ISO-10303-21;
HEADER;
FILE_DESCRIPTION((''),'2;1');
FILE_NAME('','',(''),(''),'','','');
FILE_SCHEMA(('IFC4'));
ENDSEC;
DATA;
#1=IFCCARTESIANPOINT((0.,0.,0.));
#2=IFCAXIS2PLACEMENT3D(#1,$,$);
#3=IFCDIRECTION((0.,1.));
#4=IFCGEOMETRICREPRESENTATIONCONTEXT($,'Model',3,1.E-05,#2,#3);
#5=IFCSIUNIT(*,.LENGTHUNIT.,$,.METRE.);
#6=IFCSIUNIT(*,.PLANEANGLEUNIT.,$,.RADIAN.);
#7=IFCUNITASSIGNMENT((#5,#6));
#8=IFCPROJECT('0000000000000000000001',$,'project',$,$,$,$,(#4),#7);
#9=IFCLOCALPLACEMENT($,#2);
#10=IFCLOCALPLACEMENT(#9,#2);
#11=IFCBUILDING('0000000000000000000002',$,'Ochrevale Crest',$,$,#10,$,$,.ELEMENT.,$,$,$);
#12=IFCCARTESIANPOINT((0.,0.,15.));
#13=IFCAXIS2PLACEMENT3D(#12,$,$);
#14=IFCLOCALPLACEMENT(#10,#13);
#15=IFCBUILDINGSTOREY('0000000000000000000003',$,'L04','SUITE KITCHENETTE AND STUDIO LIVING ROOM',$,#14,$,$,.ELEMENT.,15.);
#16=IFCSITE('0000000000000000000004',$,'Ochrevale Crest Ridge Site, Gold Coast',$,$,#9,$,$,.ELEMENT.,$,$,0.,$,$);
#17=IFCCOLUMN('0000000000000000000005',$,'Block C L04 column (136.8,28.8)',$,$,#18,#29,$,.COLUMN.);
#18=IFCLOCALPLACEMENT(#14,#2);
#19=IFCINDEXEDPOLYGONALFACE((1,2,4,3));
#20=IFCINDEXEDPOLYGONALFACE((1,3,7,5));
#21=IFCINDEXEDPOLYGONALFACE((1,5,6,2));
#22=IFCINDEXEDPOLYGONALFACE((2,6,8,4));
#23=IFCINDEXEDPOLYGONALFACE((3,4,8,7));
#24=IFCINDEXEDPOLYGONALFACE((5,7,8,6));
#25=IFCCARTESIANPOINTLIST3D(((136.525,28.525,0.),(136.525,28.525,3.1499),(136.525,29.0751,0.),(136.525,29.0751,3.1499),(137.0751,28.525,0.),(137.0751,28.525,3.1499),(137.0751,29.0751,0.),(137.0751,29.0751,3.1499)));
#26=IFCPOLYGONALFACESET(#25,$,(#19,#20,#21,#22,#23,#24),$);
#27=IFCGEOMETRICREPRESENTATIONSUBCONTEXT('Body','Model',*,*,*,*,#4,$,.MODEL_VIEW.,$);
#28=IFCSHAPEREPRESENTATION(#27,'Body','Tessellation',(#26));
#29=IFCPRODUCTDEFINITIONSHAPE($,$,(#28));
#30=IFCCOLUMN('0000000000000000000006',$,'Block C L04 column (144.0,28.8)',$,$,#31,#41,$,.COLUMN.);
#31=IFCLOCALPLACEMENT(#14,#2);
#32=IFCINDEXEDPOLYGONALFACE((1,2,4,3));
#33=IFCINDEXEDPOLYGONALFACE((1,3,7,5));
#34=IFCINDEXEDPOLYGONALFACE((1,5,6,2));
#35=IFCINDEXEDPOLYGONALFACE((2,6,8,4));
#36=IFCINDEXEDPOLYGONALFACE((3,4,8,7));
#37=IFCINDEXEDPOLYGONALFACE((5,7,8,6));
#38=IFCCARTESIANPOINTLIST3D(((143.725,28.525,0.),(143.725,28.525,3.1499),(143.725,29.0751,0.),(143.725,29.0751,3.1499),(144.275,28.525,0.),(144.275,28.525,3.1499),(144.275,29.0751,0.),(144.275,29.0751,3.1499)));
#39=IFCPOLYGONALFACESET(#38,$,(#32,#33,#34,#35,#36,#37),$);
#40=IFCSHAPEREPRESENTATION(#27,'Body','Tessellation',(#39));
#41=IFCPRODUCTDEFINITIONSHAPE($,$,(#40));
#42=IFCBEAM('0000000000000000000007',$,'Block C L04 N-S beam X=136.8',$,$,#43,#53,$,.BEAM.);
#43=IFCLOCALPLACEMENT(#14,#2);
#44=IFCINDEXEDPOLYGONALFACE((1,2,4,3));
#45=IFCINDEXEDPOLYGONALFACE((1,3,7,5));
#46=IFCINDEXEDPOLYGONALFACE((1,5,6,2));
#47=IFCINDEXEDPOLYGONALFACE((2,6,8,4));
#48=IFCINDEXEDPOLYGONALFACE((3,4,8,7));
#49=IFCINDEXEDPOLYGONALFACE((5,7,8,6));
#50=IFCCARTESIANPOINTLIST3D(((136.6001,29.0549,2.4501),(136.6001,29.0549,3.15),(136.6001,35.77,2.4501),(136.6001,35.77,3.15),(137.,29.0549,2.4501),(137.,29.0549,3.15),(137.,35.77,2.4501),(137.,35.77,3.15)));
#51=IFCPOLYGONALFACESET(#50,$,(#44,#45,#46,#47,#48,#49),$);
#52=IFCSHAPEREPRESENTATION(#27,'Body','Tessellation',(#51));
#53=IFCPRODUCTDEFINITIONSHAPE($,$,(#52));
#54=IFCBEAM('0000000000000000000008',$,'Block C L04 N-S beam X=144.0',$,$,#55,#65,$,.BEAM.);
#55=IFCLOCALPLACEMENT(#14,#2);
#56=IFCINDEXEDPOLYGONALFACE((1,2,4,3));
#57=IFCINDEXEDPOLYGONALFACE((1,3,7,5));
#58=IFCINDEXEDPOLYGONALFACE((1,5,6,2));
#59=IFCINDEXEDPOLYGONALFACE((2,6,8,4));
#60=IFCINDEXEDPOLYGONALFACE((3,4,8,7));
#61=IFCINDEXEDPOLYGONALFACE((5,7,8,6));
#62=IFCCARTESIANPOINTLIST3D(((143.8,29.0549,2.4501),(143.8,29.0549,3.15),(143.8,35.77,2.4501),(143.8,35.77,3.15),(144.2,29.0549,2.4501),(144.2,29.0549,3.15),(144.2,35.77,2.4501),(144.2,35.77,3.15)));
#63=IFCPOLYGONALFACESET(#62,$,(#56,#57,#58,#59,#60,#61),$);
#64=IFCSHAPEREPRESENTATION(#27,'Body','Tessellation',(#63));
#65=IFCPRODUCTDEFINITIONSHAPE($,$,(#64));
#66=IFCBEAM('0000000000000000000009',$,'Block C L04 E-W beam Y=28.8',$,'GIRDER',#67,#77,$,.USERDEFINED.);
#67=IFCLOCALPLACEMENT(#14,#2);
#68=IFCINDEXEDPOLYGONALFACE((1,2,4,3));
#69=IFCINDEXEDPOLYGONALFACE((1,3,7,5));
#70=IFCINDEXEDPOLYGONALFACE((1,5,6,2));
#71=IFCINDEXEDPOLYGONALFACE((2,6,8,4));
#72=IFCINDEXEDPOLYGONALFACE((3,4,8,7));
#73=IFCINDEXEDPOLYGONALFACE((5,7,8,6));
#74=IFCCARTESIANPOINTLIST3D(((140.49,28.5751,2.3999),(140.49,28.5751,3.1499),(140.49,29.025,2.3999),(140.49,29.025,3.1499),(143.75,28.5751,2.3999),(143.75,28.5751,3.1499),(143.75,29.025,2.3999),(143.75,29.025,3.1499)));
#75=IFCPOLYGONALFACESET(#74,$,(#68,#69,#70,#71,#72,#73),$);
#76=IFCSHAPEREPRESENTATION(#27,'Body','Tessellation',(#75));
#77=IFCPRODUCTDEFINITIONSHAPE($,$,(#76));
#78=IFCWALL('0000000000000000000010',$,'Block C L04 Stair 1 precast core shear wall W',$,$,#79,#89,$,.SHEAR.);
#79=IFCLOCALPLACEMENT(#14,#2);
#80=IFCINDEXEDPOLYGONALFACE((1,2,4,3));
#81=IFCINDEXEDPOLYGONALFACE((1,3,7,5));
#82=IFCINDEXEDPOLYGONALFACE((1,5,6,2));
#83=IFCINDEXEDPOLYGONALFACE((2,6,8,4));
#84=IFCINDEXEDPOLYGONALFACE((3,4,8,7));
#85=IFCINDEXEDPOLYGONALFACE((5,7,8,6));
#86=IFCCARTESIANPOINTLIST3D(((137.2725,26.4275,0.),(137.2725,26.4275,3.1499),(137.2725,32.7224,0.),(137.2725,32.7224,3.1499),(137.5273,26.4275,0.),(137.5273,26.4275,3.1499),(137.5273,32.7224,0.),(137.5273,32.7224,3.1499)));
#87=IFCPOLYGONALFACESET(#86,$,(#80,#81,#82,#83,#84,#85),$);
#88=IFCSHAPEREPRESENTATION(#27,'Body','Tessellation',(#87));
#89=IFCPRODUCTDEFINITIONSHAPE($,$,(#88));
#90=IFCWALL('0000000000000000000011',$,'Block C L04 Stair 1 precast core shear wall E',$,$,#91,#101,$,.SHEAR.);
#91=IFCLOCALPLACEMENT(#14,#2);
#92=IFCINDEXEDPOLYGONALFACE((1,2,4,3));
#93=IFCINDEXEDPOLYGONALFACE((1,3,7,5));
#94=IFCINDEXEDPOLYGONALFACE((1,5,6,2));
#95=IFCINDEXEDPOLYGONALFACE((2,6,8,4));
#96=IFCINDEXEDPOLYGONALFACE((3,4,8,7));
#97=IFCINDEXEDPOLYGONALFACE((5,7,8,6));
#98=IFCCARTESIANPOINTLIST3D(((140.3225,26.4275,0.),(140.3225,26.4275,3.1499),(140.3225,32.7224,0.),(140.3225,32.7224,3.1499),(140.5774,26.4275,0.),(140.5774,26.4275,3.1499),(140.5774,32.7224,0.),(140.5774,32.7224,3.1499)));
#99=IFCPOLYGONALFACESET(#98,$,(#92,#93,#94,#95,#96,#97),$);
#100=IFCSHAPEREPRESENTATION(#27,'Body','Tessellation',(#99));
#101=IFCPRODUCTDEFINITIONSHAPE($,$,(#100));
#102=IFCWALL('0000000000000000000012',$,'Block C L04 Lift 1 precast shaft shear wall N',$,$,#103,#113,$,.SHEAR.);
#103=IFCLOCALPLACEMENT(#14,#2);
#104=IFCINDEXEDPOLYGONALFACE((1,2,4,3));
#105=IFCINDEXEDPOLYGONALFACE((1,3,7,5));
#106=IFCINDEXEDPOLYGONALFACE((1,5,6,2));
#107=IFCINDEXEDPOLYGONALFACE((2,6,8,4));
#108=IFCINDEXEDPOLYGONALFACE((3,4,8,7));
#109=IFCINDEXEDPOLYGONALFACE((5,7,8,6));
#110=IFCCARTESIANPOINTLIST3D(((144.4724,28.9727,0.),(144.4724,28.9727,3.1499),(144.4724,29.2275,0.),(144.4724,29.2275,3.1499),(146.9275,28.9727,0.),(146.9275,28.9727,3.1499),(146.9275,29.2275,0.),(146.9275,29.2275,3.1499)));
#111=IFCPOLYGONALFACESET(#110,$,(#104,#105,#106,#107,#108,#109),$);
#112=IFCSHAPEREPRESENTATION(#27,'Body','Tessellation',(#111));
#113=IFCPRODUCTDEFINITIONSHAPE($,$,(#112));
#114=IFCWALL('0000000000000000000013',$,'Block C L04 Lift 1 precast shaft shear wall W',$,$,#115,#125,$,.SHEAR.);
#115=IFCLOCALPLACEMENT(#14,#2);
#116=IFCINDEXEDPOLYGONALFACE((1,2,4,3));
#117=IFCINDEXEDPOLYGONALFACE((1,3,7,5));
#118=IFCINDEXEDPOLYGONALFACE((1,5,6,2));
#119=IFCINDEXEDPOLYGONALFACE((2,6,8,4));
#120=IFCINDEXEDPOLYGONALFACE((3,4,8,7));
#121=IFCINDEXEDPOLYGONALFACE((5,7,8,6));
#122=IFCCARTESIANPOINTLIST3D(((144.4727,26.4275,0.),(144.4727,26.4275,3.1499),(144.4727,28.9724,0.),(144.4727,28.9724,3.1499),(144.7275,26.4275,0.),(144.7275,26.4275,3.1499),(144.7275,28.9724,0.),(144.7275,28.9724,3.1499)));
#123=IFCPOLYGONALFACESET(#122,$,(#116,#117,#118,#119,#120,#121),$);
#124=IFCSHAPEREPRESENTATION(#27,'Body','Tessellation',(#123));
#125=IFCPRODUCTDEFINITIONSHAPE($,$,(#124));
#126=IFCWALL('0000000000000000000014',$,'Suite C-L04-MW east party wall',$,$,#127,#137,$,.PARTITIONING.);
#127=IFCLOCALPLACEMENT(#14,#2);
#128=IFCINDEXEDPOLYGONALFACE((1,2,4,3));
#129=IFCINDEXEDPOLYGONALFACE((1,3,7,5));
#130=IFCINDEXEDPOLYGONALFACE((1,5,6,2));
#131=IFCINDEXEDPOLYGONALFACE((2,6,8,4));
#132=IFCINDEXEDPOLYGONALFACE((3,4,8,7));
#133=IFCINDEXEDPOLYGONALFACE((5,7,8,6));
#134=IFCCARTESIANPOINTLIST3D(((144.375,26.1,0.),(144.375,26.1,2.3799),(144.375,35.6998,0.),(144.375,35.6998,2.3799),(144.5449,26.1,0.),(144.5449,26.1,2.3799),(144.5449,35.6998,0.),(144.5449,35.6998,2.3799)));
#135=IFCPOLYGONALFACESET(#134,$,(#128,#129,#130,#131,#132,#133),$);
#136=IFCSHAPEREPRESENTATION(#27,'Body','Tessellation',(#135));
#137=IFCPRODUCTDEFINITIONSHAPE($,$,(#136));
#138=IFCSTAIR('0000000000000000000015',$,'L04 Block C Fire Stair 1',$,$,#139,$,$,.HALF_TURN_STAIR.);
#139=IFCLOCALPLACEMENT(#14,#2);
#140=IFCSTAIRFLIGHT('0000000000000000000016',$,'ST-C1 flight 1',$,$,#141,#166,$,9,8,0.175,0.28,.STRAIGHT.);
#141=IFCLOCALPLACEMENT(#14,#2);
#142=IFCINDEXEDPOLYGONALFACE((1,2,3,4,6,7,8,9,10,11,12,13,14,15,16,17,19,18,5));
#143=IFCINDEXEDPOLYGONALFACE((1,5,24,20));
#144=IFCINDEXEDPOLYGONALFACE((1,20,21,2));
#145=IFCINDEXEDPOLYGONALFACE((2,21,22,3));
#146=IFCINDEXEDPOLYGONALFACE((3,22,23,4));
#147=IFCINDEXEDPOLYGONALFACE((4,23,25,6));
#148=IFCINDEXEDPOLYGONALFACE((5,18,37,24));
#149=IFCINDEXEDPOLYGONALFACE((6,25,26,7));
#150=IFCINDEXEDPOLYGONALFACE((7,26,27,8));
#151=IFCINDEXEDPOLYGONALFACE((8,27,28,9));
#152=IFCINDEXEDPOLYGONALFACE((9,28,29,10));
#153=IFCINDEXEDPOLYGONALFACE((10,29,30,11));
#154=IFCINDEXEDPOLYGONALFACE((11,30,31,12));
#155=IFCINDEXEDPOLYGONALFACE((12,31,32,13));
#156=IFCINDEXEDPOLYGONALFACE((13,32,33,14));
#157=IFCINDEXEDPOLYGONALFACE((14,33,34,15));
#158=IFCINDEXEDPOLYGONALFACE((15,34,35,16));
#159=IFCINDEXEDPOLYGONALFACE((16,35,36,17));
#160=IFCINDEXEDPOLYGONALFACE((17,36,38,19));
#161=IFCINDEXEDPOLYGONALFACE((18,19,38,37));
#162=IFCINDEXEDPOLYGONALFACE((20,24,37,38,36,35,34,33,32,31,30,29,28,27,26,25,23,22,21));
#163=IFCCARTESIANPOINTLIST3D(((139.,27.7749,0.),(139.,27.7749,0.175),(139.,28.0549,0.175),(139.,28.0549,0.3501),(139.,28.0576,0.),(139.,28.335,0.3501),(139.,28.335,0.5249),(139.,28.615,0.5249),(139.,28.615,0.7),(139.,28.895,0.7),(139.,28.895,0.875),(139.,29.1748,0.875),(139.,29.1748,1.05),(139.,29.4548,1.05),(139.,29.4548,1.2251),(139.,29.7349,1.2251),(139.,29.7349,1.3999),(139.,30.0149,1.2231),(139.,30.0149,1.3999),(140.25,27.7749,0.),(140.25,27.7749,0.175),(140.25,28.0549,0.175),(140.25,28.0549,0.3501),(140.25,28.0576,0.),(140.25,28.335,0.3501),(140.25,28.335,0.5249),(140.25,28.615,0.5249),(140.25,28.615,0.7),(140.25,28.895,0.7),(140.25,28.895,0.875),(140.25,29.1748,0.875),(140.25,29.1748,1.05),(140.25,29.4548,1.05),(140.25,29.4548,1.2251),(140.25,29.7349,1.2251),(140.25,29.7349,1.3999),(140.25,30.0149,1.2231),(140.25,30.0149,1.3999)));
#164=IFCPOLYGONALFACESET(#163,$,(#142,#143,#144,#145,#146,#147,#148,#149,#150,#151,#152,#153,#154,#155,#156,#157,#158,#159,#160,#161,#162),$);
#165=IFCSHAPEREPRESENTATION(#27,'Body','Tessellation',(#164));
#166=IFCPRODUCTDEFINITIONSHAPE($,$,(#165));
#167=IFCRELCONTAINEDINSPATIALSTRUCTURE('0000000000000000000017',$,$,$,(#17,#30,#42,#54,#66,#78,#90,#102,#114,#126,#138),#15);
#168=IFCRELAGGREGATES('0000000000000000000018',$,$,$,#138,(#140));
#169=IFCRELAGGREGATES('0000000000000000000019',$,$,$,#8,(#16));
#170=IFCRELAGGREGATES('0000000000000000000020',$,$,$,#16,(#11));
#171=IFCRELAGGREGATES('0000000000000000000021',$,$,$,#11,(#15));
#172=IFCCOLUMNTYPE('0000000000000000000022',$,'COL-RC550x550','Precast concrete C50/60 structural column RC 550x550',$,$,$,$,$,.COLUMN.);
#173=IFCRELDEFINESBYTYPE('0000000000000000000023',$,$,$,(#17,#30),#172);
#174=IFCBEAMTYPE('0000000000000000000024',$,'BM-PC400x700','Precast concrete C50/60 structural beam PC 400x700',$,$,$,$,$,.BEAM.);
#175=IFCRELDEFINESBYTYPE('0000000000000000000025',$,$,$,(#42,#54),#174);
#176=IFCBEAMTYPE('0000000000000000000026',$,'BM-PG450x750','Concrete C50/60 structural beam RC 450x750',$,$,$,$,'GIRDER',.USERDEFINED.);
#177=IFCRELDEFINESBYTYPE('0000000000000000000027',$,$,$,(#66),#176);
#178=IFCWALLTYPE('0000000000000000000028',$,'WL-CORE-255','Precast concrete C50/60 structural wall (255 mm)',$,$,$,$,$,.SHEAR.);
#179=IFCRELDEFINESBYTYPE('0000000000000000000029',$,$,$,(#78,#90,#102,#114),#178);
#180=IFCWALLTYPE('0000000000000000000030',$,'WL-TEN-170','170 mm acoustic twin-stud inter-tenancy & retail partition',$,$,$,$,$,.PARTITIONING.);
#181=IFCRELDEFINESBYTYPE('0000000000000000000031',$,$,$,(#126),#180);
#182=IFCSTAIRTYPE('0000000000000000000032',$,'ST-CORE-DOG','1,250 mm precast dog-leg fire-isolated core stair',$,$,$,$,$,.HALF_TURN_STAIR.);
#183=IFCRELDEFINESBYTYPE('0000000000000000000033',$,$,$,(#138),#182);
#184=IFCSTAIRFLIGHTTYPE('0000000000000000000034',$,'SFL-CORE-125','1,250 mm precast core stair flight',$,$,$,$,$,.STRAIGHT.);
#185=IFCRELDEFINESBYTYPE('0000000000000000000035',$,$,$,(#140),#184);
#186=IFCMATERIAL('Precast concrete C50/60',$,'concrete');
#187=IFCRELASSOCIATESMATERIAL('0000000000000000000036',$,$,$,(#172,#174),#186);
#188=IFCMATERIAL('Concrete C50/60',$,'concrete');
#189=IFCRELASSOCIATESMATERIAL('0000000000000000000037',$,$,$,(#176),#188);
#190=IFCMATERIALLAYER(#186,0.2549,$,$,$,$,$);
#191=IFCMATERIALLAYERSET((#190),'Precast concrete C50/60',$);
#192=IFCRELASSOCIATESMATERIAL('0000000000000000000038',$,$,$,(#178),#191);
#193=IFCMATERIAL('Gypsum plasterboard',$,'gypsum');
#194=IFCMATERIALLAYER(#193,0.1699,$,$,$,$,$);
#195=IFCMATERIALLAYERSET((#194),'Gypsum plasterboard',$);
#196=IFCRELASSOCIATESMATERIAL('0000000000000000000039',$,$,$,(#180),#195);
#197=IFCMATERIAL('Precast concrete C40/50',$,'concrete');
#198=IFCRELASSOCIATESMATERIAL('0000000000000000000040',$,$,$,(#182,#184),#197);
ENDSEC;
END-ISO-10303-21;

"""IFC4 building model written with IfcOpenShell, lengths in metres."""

from ifc_helpers import new_model, si_unit, direction, frame, frame_2d, origin, origin_2d, place, context, subcontext, project, spatial, polyline, rectangle, outline, extrude, material, layer, layer_set, material_profile, profile_set, type_object, element, aggregate, save


model = new_model("IFC4")

# Units and contexts
model_context = context("Model", 3, precision=1e-05, world=origin(), true_north=direction((0.0, 1.0)))
body_context = subcontext(model_context, "Body", "Model", "MODEL_VIEW")
ifc_project = project(units=[si_unit("LENGTHUNIT", "METRE"), si_unit("PLANEANGLEUNIT", "RADIAN")], contexts=[model_context])

# Site, building, storey
site_placement = place(None, origin())
site = spatial("IfcSite", under=ifc_project, at=site_placement, Name="Ochrevale Crest Ridge Site, Gold Coast", CompositionType="ELEMENT", RefElevation=0.0)
building_placement = place(site_placement, origin())
building = spatial("IfcBuilding", under=site, at=building_placement, Name="Ochrevale Crest", CompositionType="ELEMENT")
storey_placement = place(building_placement, frame((0.0, 0.0, 15.0)))
storey = spatial("IfcBuildingStorey", under=building, at=storey_placement, Name="L04", Description="SUITE KITCHENETTE AND STUDIO LIVING ROOM", CompositionType="ELEMENT", Elevation=15.0)

# Columns
ifc_material_1 = material(Name="Precast concrete C50/60", Category="concrete")
ifc_material_profile_1 = material_profile(ifc_material_1, rectangle(XDim=0.55, YDim=0.55, at=origin_2d()), Name="RC 550x550")
ifc_profile_set_1 = profile_set([ifc_material_profile_1], Name="Precast concrete C50/60")
column_type = type_object("IfcColumnType", Name="COL-RC550x550", Description="Precast concrete C50/60 structural column RC 550x550", PredefinedType="COLUMN", material=ifc_profile_set_1)
for number, where, z_axis, x_axis, name in (
    (1, (136.8, 28.8, 0.0), (0.0, 0.0, 1.0), (1.0, 0.0, 0.0), "Block C L04 column (136.8,28.8)"),
    (2, (144.0, 28.8, 0.0), (0.0, 0.0, 1.0), (1.0, 0.0, 0.0), "Block C L04 column (144.0,28.8)"),
):
    element("IfcColumn", number, at=place(storey_placement, frame(where, z_axis=z_axis, x_axis=x_axis)), inside=storey, type_object=column_type, Name=name, PredefinedType="COLUMN", context=body_context, shape_type="SweptSolid", body=[
        extrude(rectangle(XDim=0.55, YDim=0.55, at=origin_2d()), origin(), (0.0, 0.0, 1.0), 3.1499),
    ])

# Beams
ifc_material_profile_2 = material_profile(ifc_material_1, rectangle(XDim=0.3999, YDim=0.7, at=origin_2d()), Name="PC 400x700")
ifc_profile_set_2 = profile_set([ifc_material_profile_2], Name="Precast concrete C50/60")
beam_type_1 = type_object("IfcBeamType", Name="BM-PC400x700", Description="Precast concrete C50/60 structural beam PC 400x700", PredefinedType="BEAM", material=ifc_profile_set_2)
for number, where, z_axis, x_axis, name in (
    (3, (136.8, 29.0549, 2.8), (0.0, 1.0, 0.0), (-1.0, 0.0, 0.0), "Block C L04 N-S beam X=136.8"),
    (4, (144.0, 29.0549, 2.8), (0.0, 1.0, 0.0), (-1.0, 0.0, 0.0), "Block C L04 N-S beam X=144.0"),
):
    element("IfcBeam", number, at=place(storey_placement, frame(where, z_axis=z_axis, x_axis=x_axis)), inside=storey, type_object=beam_type_1, Name=name, PredefinedType="BEAM", context=body_context, shape_type="SweptSolid", body=[
        extrude(rectangle(XDim=0.3999, YDim=0.7, at=origin_2d()), origin(), (0.0, 0.0, 1.0), 6.7151),
    ])
ifc_material_2 = material(Name="Concrete C50/60", Category="concrete")
ifc_material_profile_3 = material_profile(ifc_material_2, rectangle(XDim=0.45, YDim=0.75, at=origin_2d()), Name="RC 450x750")
ifc_profile_set_3 = profile_set([ifc_material_profile_3], Name="Concrete C50/60")
beam_type_2 = type_object("IfcBeamType", Name="BM-PG450x750", Description="Concrete C50/60 structural beam RC 450x750", ElementType="GIRDER", PredefinedType="USERDEFINED", material=ifc_profile_set_3)
beam_placement = place(storey_placement, frame((140.49, 28.8, 2.7749), z_axis=(1.0, 0.0, 0.0), x_axis=(0.0, 1.0, 0.0)))
element("IfcBeam", 5, at=beam_placement, inside=storey, type_object=beam_type_2, Name="Block C L04 E-W beam Y=28.8", ObjectType="GIRDER", PredefinedType="USERDEFINED", context=body_context, shape_type="SweptSolid", body=[
    extrude(rectangle(XDim=0.45, YDim=0.75, at=origin_2d()), origin(), (0.0, 0.0, 1.0), 3.26),
])

# Shared definitions
ifc_layer_1 = layer(ifc_material_1, 0.2549)
ifc_layer_set_1 = layer_set([ifc_layer_1], Name="Precast concrete C50/60")
wall_type_1 = type_object("IfcWallType", Name="WL-CORE-255", Description="Precast concrete C50/60 structural wall (255 mm)", PredefinedType="SHEAR", material=ifc_layer_set_1)

# Walls
for number, where, z_axis, x_axis, name in (
    (6, (137.3999, 26.4275, 0.0), (0.0, 0.0, 1.0), (0.0, 1.0, 0.0), "Block C L04 Stair 1 precast core shear wall W"),
    (7, (140.45, 26.4275, 0.0), (0.0, 0.0, 1.0), (0.0, 1.0, 0.0), "Block C L04 Stair 1 precast core shear wall E"),
):
    element("IfcWall", number, at=place(storey_placement, frame(where, z_axis=z_axis, x_axis=x_axis)), inside=storey, type_object=wall_type_1, Name=name, PredefinedType="SHEAR", context=body_context, shape_type="SweptSolid", body=[
        extrude(rectangle(XDim=6.2949, YDim=0.2549, at=frame_2d((3.1475, 0.0))), origin(), (0.0, 0.0, 1.0), 3.1499),
    ])

# Walls
wall_1_placement = place(storey_placement, frame((144.4724, 29.1001, 0.0), z_axis=(0.0, 0.0, 1.0), x_axis=(1.0, 0.0, 0.0)))
element("IfcWall", 8, at=wall_1_placement, inside=storey, type_object=wall_type_1, Name="Block C L04 Lift 1 precast shaft shear wall N", PredefinedType="SHEAR", context=body_context, shape_type="SweptSolid", body=[
    extrude(rectangle(XDim=2.4551, YDim=0.2549, at=frame_2d((1.2275, 0.0))), origin(), (0.0, 0.0, 1.0), 3.1499),
])
wall_2_placement = place(storey_placement, frame((144.6001, 26.4275, 0.0), z_axis=(0.0, 0.0, 1.0), x_axis=(0.0, 1.0, 0.0)))
element("IfcWall", 9, at=wall_2_placement, inside=storey, type_object=wall_type_1, Name="Block C L04 Lift 1 precast shaft shear wall W", PredefinedType="SHEAR", context=body_context, shape_type="SweptSolid", body=[
    extrude(rectangle(XDim=2.5449, YDim=0.2549, at=frame_2d((1.2725, 0.0))), origin(), (0.0, 0.0, 1.0), 3.1499),
])
ifc_material_3 = material(Name="Gypsum plasterboard", Category="gypsum")
ifc_layer_2 = layer(ifc_material_3, 0.1699)
ifc_layer_set_2 = layer_set([ifc_layer_2], Name="Gypsum plasterboard")
wall_type_2 = type_object("IfcWallType", Name="WL-TEN-170", Description="170 mm acoustic twin-stud inter-tenancy & retail partition", PredefinedType="PARTITIONING", material=ifc_layer_set_2)
wall_3_placement = place(storey_placement, frame((144.46, 26.1001, 0.0), z_axis=(0.0, 0.0, 1.0), x_axis=(0.0, 1.0, 0.0)))
element("IfcWall", 10, at=wall_3_placement, inside=storey, type_object=wall_type_2, Name="Suite C-L04-MW east party wall", PredefinedType="PARTITIONING", context=body_context, shape_type="SweptSolid", body=[
    extrude(rectangle(XDim=9.5999, YDim=0.1699, at=frame_2d((4.7998, 0.0))), origin(), (0.0, 0.0, 1.0), 2.3799),
])

# Stair, stair flight
ifc_material_4 = material(Name="Precast concrete C40/50", Category="concrete")
stair_type = type_object("IfcStairType", Name="ST-CORE-DOG", Description="1,250 mm precast dog-leg fire-isolated core stair", PredefinedType="HALF_TURN_STAIR", material=ifc_material_4)
stair_placement = place(storey_placement, origin())
stair = element("IfcStair", 11, at=stair_placement, inside=storey, type_object=stair_type, Name="L04 Block C Fire Stair 1", PredefinedType="HALF_TURN_STAIR")
stair_flight_type = type_object("IfcStairFlightType", Name="SFL-CORE-125", Description="1,250 mm precast core stair flight", PredefinedType="STRAIGHT", material=ifc_material_4)
stair_flight_1_placement = place(storey_placement, frame((139.625, 27.7749, 0.0), z_axis=(0.0, 0.0, 1.0), x_axis=(0.0, 1.0, 0.0)))
stair_flight_1 = element("IfcStairFlight", 12, at=stair_flight_1_placement, type_object=stair_flight_type, Name="ST-C1 flight 1", NumberOfRisers=9, NumberOfTreads=8, PredefinedType="STRAIGHT", RiserHeight=0.175, TreadLength=0.28, context=body_context, shape_type="SweptSolid", body=[
    extrude(outline(polyline([(0.0, 0.0), (0.0, 0.175), (0.28, 0.175), (0.28, 0.3501), (0.5601, 0.3501), (0.5601, 0.5249), (0.8401, 0.5249), (0.8401, 0.7), (1.1201, 0.7), (1.1201, 0.875), (1.3999, 0.875), (1.3999, 1.05), (1.6799, 1.05), (1.6799, 1.2251), (1.96, 1.2251), (1.96, 1.3999), (2.24, 1.3999), (2.24, 1.575), (2.24, 1.2231), (0.2827, 0.0), (0.0, 0.0)])), frame((0.0, 0.625, 0.0), z_axis=(0.0, -1.0, 0.0), x_axis=(1.0, 0.0, 0.0)), (0.0, 0.0, 1.0), 1.25),
])
aggregate(stair, [stair_flight_1])

save(model, "model.ifc")
